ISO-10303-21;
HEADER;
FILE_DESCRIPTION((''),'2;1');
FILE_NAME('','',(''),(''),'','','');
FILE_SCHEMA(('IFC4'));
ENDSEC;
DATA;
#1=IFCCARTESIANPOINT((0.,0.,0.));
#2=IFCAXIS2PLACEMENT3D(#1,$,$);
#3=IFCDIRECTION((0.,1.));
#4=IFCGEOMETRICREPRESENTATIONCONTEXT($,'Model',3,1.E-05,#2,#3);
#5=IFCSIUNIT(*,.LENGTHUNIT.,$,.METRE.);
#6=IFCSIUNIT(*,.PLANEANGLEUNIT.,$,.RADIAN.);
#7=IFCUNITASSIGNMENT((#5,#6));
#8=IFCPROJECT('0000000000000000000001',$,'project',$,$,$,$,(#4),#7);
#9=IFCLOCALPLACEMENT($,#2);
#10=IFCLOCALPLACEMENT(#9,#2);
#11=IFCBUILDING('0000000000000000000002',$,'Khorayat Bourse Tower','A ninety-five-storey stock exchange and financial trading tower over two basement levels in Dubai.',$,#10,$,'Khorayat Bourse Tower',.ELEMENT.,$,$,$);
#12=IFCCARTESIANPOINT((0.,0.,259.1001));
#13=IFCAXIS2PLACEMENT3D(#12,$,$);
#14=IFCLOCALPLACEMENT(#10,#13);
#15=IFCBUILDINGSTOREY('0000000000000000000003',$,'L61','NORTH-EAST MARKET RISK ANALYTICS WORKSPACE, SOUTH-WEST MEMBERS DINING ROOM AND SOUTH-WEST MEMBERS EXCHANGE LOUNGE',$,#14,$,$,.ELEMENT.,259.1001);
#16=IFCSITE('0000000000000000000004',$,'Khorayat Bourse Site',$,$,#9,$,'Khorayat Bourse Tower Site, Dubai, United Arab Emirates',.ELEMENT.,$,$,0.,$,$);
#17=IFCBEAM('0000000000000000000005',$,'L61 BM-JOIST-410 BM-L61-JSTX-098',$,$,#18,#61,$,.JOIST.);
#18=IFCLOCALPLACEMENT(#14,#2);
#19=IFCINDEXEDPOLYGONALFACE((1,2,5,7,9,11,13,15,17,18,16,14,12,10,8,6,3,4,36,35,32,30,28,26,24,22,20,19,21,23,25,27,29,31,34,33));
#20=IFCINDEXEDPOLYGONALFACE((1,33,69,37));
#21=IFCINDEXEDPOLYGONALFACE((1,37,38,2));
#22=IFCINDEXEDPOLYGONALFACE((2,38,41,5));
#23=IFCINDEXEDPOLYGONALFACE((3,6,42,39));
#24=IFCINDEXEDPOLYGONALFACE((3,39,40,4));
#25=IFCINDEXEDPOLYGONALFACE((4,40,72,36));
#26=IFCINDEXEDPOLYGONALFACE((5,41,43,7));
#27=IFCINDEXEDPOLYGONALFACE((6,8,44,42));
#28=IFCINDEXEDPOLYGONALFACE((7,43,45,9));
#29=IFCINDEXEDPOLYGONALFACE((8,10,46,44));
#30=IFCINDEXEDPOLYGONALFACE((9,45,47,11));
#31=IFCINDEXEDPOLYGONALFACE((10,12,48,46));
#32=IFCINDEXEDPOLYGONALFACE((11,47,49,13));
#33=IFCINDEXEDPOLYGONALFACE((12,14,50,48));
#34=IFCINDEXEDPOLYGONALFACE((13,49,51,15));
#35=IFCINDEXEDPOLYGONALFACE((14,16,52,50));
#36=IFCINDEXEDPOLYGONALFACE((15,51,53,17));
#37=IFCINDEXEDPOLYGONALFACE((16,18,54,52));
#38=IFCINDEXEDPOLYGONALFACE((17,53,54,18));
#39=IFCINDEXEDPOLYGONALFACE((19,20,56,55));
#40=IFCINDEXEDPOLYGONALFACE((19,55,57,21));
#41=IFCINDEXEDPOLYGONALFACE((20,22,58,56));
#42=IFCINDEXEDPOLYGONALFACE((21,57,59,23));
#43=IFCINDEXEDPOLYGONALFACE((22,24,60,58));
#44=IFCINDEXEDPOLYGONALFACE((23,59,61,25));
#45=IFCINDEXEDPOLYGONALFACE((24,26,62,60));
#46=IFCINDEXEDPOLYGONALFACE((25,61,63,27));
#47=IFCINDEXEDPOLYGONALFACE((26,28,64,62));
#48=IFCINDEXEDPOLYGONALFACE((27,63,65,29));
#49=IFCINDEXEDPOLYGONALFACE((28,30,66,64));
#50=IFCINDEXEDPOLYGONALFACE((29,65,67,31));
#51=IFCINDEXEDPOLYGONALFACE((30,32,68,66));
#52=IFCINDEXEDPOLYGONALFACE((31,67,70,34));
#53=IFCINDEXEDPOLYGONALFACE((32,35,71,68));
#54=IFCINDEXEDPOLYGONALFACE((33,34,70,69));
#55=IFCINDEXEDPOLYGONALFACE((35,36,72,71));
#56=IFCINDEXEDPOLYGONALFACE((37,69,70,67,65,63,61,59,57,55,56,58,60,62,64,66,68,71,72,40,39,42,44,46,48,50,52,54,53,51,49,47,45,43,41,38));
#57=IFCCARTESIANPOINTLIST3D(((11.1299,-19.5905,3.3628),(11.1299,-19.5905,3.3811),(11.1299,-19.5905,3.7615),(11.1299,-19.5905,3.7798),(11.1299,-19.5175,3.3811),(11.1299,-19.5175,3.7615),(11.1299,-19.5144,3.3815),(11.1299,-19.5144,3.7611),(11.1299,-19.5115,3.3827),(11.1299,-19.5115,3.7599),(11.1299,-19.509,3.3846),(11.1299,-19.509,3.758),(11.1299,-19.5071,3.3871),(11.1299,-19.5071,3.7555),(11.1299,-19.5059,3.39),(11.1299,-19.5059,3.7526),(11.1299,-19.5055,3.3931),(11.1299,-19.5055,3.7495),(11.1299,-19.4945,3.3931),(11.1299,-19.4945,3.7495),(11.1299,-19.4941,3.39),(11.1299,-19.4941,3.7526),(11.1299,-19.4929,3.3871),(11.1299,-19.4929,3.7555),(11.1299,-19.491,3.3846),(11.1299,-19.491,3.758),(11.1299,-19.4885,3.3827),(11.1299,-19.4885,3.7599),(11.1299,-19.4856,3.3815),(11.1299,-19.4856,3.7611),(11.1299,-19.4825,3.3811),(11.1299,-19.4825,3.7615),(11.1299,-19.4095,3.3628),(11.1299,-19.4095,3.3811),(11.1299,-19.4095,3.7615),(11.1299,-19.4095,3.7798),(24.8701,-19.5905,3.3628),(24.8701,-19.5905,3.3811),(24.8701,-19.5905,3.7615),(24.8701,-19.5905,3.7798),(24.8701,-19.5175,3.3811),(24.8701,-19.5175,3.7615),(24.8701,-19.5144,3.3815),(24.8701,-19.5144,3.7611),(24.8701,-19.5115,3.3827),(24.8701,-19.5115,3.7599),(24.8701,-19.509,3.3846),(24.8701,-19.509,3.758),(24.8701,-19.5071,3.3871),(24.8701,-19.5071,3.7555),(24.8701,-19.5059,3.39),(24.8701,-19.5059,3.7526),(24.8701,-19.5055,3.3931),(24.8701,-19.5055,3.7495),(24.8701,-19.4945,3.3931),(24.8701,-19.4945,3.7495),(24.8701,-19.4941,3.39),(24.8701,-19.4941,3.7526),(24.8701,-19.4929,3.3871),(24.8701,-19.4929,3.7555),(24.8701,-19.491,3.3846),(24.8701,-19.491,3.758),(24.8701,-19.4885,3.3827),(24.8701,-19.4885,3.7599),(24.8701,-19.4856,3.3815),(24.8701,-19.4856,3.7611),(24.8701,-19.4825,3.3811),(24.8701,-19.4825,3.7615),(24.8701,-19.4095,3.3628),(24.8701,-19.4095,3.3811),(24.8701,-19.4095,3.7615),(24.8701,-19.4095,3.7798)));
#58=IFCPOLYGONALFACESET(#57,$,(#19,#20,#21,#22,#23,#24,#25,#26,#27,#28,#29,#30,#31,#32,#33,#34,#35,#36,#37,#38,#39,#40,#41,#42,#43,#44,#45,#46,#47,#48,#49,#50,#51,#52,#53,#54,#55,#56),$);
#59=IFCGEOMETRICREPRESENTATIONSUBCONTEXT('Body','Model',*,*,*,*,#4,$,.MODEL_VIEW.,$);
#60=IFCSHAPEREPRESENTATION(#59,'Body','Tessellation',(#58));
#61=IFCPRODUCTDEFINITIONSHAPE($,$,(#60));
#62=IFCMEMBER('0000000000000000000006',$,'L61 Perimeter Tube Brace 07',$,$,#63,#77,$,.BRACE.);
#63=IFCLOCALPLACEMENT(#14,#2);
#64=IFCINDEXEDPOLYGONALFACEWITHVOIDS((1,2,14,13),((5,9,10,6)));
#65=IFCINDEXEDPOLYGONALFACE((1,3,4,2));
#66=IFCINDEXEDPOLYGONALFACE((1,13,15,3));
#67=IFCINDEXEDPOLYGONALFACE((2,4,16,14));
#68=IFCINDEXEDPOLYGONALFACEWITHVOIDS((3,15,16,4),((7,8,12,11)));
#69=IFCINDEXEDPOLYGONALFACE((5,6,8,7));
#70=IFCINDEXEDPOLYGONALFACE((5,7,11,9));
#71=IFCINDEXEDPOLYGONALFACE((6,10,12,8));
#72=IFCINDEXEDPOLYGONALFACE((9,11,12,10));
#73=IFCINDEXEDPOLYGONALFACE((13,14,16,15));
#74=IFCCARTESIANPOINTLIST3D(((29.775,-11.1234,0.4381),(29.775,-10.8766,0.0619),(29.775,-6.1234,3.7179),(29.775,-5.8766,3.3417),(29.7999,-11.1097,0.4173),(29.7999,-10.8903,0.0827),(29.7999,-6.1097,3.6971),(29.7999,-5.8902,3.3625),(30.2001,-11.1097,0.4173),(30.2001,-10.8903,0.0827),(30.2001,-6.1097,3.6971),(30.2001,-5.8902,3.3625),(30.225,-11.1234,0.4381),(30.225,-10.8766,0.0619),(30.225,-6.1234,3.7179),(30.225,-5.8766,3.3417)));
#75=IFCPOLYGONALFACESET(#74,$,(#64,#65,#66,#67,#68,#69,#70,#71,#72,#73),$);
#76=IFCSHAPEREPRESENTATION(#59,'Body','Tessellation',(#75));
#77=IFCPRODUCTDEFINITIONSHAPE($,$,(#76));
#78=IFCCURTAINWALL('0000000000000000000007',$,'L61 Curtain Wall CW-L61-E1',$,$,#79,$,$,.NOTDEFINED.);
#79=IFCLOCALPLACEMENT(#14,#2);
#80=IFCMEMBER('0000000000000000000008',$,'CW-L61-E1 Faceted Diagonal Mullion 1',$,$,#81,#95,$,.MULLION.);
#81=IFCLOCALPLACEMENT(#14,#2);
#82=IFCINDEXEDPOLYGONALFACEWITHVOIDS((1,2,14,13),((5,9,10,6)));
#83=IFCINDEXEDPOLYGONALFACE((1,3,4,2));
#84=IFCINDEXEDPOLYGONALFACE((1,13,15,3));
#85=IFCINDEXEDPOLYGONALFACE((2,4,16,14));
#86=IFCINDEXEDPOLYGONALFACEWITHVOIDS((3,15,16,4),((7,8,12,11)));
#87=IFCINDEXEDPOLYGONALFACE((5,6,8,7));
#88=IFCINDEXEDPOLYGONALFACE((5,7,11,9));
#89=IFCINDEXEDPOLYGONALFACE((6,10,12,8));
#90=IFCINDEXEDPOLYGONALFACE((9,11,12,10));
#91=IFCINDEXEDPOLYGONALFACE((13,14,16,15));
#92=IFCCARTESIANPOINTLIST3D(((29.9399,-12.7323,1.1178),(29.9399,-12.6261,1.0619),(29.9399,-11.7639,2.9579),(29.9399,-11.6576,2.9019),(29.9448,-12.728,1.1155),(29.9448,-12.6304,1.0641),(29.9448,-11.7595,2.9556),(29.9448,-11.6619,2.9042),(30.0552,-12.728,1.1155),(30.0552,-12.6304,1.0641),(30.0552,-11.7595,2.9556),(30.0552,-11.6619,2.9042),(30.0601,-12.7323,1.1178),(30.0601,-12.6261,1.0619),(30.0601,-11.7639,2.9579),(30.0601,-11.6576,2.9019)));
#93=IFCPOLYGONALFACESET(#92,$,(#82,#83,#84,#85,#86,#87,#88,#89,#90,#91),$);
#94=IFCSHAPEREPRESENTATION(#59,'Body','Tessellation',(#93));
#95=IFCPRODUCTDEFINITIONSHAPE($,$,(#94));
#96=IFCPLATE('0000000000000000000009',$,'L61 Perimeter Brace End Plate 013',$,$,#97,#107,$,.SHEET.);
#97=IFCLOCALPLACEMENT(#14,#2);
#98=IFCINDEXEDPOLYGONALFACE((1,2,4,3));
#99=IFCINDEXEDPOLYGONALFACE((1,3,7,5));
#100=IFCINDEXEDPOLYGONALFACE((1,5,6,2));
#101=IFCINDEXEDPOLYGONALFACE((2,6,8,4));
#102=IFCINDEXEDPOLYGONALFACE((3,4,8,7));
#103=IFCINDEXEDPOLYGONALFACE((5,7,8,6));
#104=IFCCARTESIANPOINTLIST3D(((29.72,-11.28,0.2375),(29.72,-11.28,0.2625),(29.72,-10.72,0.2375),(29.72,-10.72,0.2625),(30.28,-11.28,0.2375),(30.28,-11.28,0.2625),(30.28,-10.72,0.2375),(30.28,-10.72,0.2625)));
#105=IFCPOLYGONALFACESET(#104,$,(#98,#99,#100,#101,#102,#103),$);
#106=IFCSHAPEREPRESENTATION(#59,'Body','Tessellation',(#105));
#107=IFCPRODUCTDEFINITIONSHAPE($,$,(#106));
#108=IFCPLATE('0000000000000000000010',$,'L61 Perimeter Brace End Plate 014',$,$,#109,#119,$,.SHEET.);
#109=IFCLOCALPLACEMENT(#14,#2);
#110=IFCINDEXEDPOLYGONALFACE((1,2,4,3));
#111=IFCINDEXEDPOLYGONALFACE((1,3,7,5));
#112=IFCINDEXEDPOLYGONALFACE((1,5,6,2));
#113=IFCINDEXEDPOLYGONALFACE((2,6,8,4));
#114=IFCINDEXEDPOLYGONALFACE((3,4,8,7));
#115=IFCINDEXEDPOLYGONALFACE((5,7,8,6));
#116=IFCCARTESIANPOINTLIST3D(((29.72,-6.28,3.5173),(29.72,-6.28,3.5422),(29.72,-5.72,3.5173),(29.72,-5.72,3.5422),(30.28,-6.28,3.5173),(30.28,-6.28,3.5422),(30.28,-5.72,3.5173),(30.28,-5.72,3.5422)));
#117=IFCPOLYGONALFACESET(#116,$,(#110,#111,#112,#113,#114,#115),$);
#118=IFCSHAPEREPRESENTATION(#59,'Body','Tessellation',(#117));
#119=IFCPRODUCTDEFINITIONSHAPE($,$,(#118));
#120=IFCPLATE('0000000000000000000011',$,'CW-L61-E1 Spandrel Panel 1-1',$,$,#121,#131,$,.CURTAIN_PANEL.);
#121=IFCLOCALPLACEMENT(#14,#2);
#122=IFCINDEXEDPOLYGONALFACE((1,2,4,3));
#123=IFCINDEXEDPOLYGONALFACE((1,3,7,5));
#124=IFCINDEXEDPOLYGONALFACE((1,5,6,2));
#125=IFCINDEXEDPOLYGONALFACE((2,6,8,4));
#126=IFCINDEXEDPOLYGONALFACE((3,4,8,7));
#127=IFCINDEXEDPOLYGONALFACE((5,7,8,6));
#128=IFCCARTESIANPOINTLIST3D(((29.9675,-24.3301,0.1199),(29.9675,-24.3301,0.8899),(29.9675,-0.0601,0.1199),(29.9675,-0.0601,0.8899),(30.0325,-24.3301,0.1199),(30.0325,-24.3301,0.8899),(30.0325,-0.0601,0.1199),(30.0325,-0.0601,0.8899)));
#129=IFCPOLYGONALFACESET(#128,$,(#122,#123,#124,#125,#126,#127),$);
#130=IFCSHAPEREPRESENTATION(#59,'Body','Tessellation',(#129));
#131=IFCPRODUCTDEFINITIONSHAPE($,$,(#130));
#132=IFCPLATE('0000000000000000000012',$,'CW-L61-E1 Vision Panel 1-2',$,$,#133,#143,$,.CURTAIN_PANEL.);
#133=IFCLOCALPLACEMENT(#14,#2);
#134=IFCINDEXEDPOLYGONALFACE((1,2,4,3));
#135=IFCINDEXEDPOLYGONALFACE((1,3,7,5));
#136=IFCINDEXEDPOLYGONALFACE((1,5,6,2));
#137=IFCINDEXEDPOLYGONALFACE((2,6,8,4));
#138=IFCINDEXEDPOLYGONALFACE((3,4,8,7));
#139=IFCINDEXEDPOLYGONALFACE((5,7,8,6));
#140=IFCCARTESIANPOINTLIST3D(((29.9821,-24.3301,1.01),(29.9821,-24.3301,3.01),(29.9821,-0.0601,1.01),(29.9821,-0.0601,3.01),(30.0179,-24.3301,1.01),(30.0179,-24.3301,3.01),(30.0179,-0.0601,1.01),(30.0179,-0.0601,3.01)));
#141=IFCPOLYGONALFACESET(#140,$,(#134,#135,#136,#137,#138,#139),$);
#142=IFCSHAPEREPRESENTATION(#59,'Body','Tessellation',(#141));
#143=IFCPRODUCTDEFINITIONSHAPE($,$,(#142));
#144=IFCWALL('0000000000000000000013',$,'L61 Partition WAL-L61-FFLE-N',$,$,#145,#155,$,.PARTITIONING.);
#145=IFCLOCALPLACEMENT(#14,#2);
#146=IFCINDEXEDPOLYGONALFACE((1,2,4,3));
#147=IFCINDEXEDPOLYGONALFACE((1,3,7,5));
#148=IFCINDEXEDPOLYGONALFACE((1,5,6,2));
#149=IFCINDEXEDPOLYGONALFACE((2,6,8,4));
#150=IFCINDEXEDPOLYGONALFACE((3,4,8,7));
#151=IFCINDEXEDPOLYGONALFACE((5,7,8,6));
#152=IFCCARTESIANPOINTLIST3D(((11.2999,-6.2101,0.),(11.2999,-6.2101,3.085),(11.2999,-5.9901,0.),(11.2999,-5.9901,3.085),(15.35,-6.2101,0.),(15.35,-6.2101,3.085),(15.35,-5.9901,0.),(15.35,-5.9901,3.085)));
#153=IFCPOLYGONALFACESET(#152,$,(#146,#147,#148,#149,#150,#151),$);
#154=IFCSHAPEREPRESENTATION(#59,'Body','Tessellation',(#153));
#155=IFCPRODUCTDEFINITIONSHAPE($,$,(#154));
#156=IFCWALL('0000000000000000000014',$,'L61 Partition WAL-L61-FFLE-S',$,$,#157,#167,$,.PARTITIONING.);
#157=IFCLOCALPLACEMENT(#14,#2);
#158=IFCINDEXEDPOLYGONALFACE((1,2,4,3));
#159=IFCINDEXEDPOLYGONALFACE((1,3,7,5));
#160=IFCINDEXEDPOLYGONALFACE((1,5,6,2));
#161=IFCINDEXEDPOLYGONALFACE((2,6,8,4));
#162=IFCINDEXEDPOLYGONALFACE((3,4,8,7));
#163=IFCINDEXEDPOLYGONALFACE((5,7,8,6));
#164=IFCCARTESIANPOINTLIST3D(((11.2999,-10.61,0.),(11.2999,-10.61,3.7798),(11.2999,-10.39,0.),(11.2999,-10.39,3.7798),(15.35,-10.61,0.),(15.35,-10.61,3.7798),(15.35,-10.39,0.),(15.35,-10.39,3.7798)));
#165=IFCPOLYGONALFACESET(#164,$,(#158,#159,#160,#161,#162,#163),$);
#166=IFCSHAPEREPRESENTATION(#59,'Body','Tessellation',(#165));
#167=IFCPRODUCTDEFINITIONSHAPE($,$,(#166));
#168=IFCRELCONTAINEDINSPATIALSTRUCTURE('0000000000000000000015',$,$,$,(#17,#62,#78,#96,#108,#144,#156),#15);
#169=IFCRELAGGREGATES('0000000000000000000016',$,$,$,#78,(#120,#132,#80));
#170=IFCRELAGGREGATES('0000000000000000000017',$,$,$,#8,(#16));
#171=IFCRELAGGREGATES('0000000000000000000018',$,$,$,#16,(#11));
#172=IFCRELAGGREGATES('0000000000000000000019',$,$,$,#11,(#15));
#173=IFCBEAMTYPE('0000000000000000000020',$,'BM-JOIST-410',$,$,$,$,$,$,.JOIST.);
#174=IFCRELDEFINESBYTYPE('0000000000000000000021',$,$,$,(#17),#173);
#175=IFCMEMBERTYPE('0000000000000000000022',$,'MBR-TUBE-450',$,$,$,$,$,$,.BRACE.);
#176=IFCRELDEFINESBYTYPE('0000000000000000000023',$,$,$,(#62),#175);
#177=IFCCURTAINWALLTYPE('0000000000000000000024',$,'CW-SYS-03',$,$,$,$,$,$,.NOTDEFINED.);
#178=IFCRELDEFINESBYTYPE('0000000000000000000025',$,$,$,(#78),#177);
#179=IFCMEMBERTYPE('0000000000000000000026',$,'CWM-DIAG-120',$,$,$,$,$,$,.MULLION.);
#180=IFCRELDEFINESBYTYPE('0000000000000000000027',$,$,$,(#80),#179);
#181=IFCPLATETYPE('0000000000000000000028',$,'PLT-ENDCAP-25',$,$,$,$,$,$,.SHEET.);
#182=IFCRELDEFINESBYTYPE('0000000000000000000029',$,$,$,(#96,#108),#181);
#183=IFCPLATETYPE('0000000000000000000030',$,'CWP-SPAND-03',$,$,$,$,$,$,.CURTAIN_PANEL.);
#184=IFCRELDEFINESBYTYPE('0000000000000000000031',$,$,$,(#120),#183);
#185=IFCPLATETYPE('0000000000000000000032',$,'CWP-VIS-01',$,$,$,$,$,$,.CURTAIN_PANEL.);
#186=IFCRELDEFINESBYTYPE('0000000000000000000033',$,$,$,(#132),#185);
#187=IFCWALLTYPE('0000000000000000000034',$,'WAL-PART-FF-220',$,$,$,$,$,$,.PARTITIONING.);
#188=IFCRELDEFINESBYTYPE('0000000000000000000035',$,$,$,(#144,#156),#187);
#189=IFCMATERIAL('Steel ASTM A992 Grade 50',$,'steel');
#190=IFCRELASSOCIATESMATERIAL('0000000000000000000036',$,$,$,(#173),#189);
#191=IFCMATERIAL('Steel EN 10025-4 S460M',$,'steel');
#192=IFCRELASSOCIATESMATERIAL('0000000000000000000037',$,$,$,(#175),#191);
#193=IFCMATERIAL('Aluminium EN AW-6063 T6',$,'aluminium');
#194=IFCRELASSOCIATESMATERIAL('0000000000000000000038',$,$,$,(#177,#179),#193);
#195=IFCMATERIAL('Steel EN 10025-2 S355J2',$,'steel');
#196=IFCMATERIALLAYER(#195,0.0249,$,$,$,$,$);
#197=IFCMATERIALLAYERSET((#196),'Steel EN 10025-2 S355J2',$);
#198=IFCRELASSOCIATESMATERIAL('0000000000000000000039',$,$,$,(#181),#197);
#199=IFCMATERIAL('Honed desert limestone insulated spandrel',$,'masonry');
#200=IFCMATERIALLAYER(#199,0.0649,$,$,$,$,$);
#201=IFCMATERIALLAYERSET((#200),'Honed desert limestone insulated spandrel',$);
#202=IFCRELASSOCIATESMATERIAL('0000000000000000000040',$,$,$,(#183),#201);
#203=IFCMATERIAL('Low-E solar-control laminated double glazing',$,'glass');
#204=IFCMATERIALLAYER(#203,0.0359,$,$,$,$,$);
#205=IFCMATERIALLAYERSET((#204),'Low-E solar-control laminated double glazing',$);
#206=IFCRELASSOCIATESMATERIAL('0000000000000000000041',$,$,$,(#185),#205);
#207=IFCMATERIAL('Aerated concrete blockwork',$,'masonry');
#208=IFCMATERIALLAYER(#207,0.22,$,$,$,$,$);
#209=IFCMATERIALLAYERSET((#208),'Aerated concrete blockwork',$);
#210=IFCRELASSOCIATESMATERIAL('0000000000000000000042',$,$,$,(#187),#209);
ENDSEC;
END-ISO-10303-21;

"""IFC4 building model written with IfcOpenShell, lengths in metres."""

from ifc_helpers import new_model, si_unit, direction, frame, frame_2d, origin, origin_2d, place, context, subcontext, project, spatial, rectangle, hollow_rectangle, i_section, extrude, source, transform, mapped, material, layer, layer_set, material_profile, profile_set, type_object, element, aggregate, save


model = new_model("IFC4")

# Units and contexts
model_context = context("Model", 3, precision=1e-05, world=origin(), true_north=direction((0.0, 1.0)))
body_context = subcontext(model_context, "Body", "Model", "MODEL_VIEW")
ifc_project = project(units=[si_unit("LENGTHUNIT", "METRE"), si_unit("PLANEANGLEUNIT", "RADIAN")], contexts=[model_context])

# Site, building, storey
site_placement = place(None, origin())
site = spatial("IfcSite", under=ifc_project, at=site_placement, Name="Khorayat Bourse Site", LongName="Khorayat Bourse Tower Site, Dubai, United Arab Emirates", CompositionType="ELEMENT", RefElevation=0.0)
building_placement = place(site_placement, origin())
building = spatial("IfcBuilding", under=site, at=building_placement, Name="Khorayat Bourse Tower", Description="A ninety-five-storey stock exchange and financial trading tower over two basement levels in Dubai.", LongName="Khorayat Bourse Tower", CompositionType="ELEMENT")
storey_placement = place(building_placement, frame((0.0, 0.0, 259.1001)))
storey = spatial("IfcBuildingStorey", under=building, at=storey_placement, Name="L61", Description="NORTH-EAST MARKET RISK ANALYTICS WORKSPACE, SOUTH-WEST MEMBERS DINING ROOM AND SOUTH-WEST MEMBERS EXCHANGE LOUNGE", CompositionType="ELEMENT", Elevation=259.1001)

# Shared definitions
ifc_material_1 = material(Name="Steel EN 10025-4 S460M", Category="steel")

# Beam
ifc_material_2 = material(Name="Steel ASTM A992 Grade 50", Category="steel")
ifc_material_profile_1 = material_profile(ifc_material_2, i_section(OverallWidth=0.1809, OverallDepth=0.417, WebThickness=0.011, FlangeThickness=0.0183, FilletRadius=0.012, at=origin_2d()), Name="W410X85")
ifc_profile_set_1 = profile_set([ifc_material_profile_1], Name="Steel ASTM A992 Grade 50")
beam_type_1 = type_object("IfcBeamType", Name="BM-JOIST-410", PredefinedType="JOIST", material=ifc_profile_set_1)
shared_shape_1 = source(origin(), body_context, "Body", "SweptSolid", [
    extrude(i_section(OverallWidth=0.1809, OverallDepth=0.417, WebThickness=0.011, FlangeThickness=0.0183, FilletRadius=0.012, at=origin_2d()), origin(), (0.0, 0.0, 1.0), 13.7402),
])
beam_1_placement = place(storey_placement, frame((11.1299, -19.5, 3.5713), z_axis=(1.0, 0.0, 0.0), x_axis=(0.0, 1.0, 0.0)))
element("IfcBeam", 1, at=beam_1_placement, inside=storey, type_object=beam_type_1, Name="L61 BM-JOIST-410 BM-L61-JSTX-098", PredefinedType="JOIST", context=body_context, shape_type="MappedRepresentation", body=[
    mapped(shared_shape_1, transform((0.0, 0.0, 0.0), scale=1.0)),
])

# Member
ifc_material_profile_2 = material_profile(ifc_material_1, hollow_rectangle(XDim=0.45, YDim=0.45, WallThickness=0.0249, at=origin_2d()), Name="HSS 450x450x25")
ifc_profile_set_2 = profile_set([ifc_material_profile_2], Name="Steel EN 10025-4 S460M")
member_type_1 = type_object("IfcMemberType", Name="MBR-TUBE-450", PredefinedType="BRACE", material=ifc_profile_set_2)
shared_shape_2 = source(origin(), body_context, "Body", "SweptSolid", [
    extrude(hollow_rectangle(XDim=0.45, YDim=0.45, WallThickness=0.0249, at=origin_2d()), origin(), (0.0, 0.0, 1.0), 5.9797),
])
member_1_placement = place(storey_placement, frame((30.0, -11.0, 0.25), z_axis=(0.0, 0.83616, 0.548485), x_axis=(-1.0, 0.0, 0.0)))
element("IfcMember", 2, at=member_1_placement, inside=storey, type_object=member_type_1, Name="L61 Perimeter Tube Brace 07", PredefinedType="BRACE", context=body_context, shape_type="MappedRepresentation", body=[
    mapped(shared_shape_2, transform((0.0, 0.0, 0.0), scale=1.0)),
])

# Curtain wall, member
ifc_material_3 = material(Name="Aluminium EN AW-6063 T6", Category="aluminium")
curtain_wall_type = type_object("IfcCurtainWallType", Name="CW-SYS-03", PredefinedType="NOTDEFINED", material=ifc_material_3)
curtain_wall_placement = place(storey_placement, origin())
curtain_wall = element("IfcCurtainWall", 3, at=curtain_wall_placement, inside=storey, type_object=curtain_wall_type, Name="L61 Curtain Wall CW-L61-E1", PredefinedType="NOTDEFINED")
ifc_material_profile_3 = material_profile(ifc_material_3, hollow_rectangle(XDim=0.1201, YDim=0.1201, WallThickness=0.0049, at=origin_2d()), Name="ALU 120x120x5")
ifc_profile_set_3 = profile_set([ifc_material_profile_3], Name="Aluminium EN AW-6063 T6")
member_type_2 = type_object("IfcMemberType", Name="CWM-DIAG-120", PredefinedType="MULLION", material=ifc_profile_set_3)
shared_shape_3 = source(origin(), body_context, "Body", "SweptSolid", [
    extrude(hollow_rectangle(XDim=0.1201, YDim=0.1201, WallThickness=0.0049, at=origin_2d()), origin(), (0.0, 0.0, 1.0), 2.0793),
])
member_2_placement = place(storey_placement, frame((30.0, -12.6792, 1.0898), z_axis=(0.0, 0.465761, 0.884911), x_axis=(-1.0, 0.0, 0.0)))
member_2 = element("IfcMember", 4, at=member_2_placement, type_object=member_type_2, Name="CW-L61-E1 Faceted Diagonal Mullion 1", PredefinedType="MULLION", context=body_context, shape_type="MappedRepresentation", body=[
    mapped(shared_shape_3, transform((0.0, 0.0, 0.0), scale=1.0)),
])

# Plates
ifc_material_4 = material(Name="Steel EN 10025-2 S355J2", Category="steel")
ifc_layer_1 = layer(ifc_material_4, 0.0249)
ifc_layer_set_1 = layer_set([ifc_layer_1], Name="Steel EN 10025-2 S355J2")
plate_type_1 = type_object("IfcPlateType", Name="PLT-ENDCAP-25", PredefinedType="SHEET", material=ifc_layer_set_1)
shared_shape_4 = source(origin(), body_context, "Body", "SweptSolid", [
    extrude(rectangle(XDim=0.5601, YDim=0.5601, at=origin_2d()), origin(), (0.0, 0.0, 1.0), 0.0249),
])
for number, where, z_axis, x_axis, name in (
    (5, (30.0, -11.0, 0.2375), (0.0, 0.0, 1.0), (1.0, 0.0, 0.0), "L61 Perimeter Brace End Plate 013"),
    (6, (30.0, -6.0, 3.5173), (0.0, 0.0, 1.0), (1.0, 0.0, 0.0), "L61 Perimeter Brace End Plate 014"),
):
    element("IfcPlate", number, at=place(storey_placement, frame(where, z_axis=z_axis, x_axis=x_axis)), inside=storey, type_object=plate_type_1, Name=name, PredefinedType="SHEET", context=body_context, shape_type="MappedRepresentation", body=[
        mapped(shared_shape_4, transform((0.0, 0.0, 0.0), scale=1.0)),
    ])

# Plates
ifc_material_5 = material(Name="Honed desert limestone insulated spandrel", Category="masonry")
ifc_layer_2 = layer(ifc_material_5, 0.0649)
ifc_layer_set_2 = layer_set([ifc_layer_2], Name="Honed desert limestone insulated spandrel")
plate_type_2 = type_object("IfcPlateType", Name="CWP-SPAND-03", PredefinedType="CURTAIN_PANEL", material=ifc_layer_set_2)
shared_shape_5 = source(origin(), body_context, "Body", "SweptSolid", [
    extrude(rectangle(XDim=24.27, YDim=0.0649, at=origin_2d()), origin(), (0.0, 0.0, 1.0), 0.77),
])
plate_1_placement = place(storey_placement, frame((30.0, -12.1951, 0.1199), z_axis=(0.0, 0.0, 1.0), x_axis=(0.0, 1.0, 0.0)))
plate_1 = element("IfcPlate", 7, at=plate_1_placement, type_object=plate_type_2, Name="CW-L61-E1 Spandrel Panel 1-1", PredefinedType="CURTAIN_PANEL", context=body_context, shape_type="MappedRepresentation", body=[
    mapped(shared_shape_5, transform((0.0, 0.0, 0.0), scale=1.0)),
])
ifc_material_6 = material(Name="Low-E solar-control laminated double glazing", Category="glass")
ifc_layer_3 = layer(ifc_material_6, 0.0359)
ifc_layer_set_3 = layer_set([ifc_layer_3], Name="Low-E solar-control laminated double glazing")
plate_type_3 = type_object("IfcPlateType", Name="CWP-VIS-01", PredefinedType="CURTAIN_PANEL", material=ifc_layer_set_3)
shared_shape_6 = source(origin(), body_context, "Body", "SweptSolid", [
    extrude(rectangle(XDim=24.27, YDim=0.0359, at=origin_2d()), origin(), (0.0, 0.0, 1.0), 2.0),
])
plate_2_placement = place(storey_placement, frame((30.0, -12.1951, 1.01), z_axis=(0.0, 0.0, 1.0), x_axis=(0.0, 1.0, 0.0)))
plate_2 = element("IfcPlate", 8, at=plate_2_placement, type_object=plate_type_3, Name="CW-L61-E1 Vision Panel 1-2", PredefinedType="CURTAIN_PANEL", context=body_context, shape_type="MappedRepresentation", body=[
    mapped(shared_shape_6, transform((0.0, 0.0, 0.0), scale=1.0)),
])
aggregate(curtain_wall, [plate_1, plate_2, member_2])

# Walls
ifc_material_7 = material(Name="Aerated concrete blockwork", Category="masonry")
ifc_layer_4 = layer(ifc_material_7, 0.22)
ifc_layer_set_4 = layer_set([ifc_layer_4], Name="Aerated concrete blockwork")
wall_type_1 = type_object("IfcWallType", Name="WAL-PART-FF-220", PredefinedType="PARTITIONING", material=ifc_layer_set_4)
shared_shape_7 = source(origin(), body_context, "Body", "SweptSolid", [
    extrude(rectangle(XDim=4.05, YDim=0.22, at=frame_2d((2.0249, 0.0))), origin(), (0.0, 0.0, 1.0), 3.085),
])
wall_1_placement = place(storey_placement, frame((11.3, -6.1001, 0.0), z_axis=(0.0, 0.0, 1.0), x_axis=(1.0, 0.0, 0.0)))
element("IfcWall", 9, at=wall_1_placement, inside=storey, type_object=wall_type_1, Name="L61 Partition WAL-L61-FFLE-N", PredefinedType="PARTITIONING", context=body_context, shape_type="MappedRepresentation", body=[
    mapped(shared_shape_7, transform((0.0, 0.0, 0.0), scale=1.0)),
])
shared_shape_8 = source(origin(), body_context, "Body", "SweptSolid", [
    extrude(rectangle(XDim=4.05, YDim=0.22, at=frame_2d((2.0249, 0.0))), origin(), (0.0, 0.0, 1.0), 3.7798),
])
wall_2_placement = place(storey_placement, frame((11.3, -10.5, 0.0), z_axis=(0.0, 0.0, 1.0), x_axis=(1.0, 0.0, 0.0)))
element("IfcWall", 10, at=wall_2_placement, inside=storey, type_object=wall_type_1, Name="L61 Partition WAL-L61-FFLE-S", PredefinedType="PARTITIONING", context=body_context, shape_type="MappedRepresentation", body=[
    mapped(shared_shape_8, transform((0.0, 0.0, 0.0), scale=1.0)),
])

save(model, "model.ifc")
